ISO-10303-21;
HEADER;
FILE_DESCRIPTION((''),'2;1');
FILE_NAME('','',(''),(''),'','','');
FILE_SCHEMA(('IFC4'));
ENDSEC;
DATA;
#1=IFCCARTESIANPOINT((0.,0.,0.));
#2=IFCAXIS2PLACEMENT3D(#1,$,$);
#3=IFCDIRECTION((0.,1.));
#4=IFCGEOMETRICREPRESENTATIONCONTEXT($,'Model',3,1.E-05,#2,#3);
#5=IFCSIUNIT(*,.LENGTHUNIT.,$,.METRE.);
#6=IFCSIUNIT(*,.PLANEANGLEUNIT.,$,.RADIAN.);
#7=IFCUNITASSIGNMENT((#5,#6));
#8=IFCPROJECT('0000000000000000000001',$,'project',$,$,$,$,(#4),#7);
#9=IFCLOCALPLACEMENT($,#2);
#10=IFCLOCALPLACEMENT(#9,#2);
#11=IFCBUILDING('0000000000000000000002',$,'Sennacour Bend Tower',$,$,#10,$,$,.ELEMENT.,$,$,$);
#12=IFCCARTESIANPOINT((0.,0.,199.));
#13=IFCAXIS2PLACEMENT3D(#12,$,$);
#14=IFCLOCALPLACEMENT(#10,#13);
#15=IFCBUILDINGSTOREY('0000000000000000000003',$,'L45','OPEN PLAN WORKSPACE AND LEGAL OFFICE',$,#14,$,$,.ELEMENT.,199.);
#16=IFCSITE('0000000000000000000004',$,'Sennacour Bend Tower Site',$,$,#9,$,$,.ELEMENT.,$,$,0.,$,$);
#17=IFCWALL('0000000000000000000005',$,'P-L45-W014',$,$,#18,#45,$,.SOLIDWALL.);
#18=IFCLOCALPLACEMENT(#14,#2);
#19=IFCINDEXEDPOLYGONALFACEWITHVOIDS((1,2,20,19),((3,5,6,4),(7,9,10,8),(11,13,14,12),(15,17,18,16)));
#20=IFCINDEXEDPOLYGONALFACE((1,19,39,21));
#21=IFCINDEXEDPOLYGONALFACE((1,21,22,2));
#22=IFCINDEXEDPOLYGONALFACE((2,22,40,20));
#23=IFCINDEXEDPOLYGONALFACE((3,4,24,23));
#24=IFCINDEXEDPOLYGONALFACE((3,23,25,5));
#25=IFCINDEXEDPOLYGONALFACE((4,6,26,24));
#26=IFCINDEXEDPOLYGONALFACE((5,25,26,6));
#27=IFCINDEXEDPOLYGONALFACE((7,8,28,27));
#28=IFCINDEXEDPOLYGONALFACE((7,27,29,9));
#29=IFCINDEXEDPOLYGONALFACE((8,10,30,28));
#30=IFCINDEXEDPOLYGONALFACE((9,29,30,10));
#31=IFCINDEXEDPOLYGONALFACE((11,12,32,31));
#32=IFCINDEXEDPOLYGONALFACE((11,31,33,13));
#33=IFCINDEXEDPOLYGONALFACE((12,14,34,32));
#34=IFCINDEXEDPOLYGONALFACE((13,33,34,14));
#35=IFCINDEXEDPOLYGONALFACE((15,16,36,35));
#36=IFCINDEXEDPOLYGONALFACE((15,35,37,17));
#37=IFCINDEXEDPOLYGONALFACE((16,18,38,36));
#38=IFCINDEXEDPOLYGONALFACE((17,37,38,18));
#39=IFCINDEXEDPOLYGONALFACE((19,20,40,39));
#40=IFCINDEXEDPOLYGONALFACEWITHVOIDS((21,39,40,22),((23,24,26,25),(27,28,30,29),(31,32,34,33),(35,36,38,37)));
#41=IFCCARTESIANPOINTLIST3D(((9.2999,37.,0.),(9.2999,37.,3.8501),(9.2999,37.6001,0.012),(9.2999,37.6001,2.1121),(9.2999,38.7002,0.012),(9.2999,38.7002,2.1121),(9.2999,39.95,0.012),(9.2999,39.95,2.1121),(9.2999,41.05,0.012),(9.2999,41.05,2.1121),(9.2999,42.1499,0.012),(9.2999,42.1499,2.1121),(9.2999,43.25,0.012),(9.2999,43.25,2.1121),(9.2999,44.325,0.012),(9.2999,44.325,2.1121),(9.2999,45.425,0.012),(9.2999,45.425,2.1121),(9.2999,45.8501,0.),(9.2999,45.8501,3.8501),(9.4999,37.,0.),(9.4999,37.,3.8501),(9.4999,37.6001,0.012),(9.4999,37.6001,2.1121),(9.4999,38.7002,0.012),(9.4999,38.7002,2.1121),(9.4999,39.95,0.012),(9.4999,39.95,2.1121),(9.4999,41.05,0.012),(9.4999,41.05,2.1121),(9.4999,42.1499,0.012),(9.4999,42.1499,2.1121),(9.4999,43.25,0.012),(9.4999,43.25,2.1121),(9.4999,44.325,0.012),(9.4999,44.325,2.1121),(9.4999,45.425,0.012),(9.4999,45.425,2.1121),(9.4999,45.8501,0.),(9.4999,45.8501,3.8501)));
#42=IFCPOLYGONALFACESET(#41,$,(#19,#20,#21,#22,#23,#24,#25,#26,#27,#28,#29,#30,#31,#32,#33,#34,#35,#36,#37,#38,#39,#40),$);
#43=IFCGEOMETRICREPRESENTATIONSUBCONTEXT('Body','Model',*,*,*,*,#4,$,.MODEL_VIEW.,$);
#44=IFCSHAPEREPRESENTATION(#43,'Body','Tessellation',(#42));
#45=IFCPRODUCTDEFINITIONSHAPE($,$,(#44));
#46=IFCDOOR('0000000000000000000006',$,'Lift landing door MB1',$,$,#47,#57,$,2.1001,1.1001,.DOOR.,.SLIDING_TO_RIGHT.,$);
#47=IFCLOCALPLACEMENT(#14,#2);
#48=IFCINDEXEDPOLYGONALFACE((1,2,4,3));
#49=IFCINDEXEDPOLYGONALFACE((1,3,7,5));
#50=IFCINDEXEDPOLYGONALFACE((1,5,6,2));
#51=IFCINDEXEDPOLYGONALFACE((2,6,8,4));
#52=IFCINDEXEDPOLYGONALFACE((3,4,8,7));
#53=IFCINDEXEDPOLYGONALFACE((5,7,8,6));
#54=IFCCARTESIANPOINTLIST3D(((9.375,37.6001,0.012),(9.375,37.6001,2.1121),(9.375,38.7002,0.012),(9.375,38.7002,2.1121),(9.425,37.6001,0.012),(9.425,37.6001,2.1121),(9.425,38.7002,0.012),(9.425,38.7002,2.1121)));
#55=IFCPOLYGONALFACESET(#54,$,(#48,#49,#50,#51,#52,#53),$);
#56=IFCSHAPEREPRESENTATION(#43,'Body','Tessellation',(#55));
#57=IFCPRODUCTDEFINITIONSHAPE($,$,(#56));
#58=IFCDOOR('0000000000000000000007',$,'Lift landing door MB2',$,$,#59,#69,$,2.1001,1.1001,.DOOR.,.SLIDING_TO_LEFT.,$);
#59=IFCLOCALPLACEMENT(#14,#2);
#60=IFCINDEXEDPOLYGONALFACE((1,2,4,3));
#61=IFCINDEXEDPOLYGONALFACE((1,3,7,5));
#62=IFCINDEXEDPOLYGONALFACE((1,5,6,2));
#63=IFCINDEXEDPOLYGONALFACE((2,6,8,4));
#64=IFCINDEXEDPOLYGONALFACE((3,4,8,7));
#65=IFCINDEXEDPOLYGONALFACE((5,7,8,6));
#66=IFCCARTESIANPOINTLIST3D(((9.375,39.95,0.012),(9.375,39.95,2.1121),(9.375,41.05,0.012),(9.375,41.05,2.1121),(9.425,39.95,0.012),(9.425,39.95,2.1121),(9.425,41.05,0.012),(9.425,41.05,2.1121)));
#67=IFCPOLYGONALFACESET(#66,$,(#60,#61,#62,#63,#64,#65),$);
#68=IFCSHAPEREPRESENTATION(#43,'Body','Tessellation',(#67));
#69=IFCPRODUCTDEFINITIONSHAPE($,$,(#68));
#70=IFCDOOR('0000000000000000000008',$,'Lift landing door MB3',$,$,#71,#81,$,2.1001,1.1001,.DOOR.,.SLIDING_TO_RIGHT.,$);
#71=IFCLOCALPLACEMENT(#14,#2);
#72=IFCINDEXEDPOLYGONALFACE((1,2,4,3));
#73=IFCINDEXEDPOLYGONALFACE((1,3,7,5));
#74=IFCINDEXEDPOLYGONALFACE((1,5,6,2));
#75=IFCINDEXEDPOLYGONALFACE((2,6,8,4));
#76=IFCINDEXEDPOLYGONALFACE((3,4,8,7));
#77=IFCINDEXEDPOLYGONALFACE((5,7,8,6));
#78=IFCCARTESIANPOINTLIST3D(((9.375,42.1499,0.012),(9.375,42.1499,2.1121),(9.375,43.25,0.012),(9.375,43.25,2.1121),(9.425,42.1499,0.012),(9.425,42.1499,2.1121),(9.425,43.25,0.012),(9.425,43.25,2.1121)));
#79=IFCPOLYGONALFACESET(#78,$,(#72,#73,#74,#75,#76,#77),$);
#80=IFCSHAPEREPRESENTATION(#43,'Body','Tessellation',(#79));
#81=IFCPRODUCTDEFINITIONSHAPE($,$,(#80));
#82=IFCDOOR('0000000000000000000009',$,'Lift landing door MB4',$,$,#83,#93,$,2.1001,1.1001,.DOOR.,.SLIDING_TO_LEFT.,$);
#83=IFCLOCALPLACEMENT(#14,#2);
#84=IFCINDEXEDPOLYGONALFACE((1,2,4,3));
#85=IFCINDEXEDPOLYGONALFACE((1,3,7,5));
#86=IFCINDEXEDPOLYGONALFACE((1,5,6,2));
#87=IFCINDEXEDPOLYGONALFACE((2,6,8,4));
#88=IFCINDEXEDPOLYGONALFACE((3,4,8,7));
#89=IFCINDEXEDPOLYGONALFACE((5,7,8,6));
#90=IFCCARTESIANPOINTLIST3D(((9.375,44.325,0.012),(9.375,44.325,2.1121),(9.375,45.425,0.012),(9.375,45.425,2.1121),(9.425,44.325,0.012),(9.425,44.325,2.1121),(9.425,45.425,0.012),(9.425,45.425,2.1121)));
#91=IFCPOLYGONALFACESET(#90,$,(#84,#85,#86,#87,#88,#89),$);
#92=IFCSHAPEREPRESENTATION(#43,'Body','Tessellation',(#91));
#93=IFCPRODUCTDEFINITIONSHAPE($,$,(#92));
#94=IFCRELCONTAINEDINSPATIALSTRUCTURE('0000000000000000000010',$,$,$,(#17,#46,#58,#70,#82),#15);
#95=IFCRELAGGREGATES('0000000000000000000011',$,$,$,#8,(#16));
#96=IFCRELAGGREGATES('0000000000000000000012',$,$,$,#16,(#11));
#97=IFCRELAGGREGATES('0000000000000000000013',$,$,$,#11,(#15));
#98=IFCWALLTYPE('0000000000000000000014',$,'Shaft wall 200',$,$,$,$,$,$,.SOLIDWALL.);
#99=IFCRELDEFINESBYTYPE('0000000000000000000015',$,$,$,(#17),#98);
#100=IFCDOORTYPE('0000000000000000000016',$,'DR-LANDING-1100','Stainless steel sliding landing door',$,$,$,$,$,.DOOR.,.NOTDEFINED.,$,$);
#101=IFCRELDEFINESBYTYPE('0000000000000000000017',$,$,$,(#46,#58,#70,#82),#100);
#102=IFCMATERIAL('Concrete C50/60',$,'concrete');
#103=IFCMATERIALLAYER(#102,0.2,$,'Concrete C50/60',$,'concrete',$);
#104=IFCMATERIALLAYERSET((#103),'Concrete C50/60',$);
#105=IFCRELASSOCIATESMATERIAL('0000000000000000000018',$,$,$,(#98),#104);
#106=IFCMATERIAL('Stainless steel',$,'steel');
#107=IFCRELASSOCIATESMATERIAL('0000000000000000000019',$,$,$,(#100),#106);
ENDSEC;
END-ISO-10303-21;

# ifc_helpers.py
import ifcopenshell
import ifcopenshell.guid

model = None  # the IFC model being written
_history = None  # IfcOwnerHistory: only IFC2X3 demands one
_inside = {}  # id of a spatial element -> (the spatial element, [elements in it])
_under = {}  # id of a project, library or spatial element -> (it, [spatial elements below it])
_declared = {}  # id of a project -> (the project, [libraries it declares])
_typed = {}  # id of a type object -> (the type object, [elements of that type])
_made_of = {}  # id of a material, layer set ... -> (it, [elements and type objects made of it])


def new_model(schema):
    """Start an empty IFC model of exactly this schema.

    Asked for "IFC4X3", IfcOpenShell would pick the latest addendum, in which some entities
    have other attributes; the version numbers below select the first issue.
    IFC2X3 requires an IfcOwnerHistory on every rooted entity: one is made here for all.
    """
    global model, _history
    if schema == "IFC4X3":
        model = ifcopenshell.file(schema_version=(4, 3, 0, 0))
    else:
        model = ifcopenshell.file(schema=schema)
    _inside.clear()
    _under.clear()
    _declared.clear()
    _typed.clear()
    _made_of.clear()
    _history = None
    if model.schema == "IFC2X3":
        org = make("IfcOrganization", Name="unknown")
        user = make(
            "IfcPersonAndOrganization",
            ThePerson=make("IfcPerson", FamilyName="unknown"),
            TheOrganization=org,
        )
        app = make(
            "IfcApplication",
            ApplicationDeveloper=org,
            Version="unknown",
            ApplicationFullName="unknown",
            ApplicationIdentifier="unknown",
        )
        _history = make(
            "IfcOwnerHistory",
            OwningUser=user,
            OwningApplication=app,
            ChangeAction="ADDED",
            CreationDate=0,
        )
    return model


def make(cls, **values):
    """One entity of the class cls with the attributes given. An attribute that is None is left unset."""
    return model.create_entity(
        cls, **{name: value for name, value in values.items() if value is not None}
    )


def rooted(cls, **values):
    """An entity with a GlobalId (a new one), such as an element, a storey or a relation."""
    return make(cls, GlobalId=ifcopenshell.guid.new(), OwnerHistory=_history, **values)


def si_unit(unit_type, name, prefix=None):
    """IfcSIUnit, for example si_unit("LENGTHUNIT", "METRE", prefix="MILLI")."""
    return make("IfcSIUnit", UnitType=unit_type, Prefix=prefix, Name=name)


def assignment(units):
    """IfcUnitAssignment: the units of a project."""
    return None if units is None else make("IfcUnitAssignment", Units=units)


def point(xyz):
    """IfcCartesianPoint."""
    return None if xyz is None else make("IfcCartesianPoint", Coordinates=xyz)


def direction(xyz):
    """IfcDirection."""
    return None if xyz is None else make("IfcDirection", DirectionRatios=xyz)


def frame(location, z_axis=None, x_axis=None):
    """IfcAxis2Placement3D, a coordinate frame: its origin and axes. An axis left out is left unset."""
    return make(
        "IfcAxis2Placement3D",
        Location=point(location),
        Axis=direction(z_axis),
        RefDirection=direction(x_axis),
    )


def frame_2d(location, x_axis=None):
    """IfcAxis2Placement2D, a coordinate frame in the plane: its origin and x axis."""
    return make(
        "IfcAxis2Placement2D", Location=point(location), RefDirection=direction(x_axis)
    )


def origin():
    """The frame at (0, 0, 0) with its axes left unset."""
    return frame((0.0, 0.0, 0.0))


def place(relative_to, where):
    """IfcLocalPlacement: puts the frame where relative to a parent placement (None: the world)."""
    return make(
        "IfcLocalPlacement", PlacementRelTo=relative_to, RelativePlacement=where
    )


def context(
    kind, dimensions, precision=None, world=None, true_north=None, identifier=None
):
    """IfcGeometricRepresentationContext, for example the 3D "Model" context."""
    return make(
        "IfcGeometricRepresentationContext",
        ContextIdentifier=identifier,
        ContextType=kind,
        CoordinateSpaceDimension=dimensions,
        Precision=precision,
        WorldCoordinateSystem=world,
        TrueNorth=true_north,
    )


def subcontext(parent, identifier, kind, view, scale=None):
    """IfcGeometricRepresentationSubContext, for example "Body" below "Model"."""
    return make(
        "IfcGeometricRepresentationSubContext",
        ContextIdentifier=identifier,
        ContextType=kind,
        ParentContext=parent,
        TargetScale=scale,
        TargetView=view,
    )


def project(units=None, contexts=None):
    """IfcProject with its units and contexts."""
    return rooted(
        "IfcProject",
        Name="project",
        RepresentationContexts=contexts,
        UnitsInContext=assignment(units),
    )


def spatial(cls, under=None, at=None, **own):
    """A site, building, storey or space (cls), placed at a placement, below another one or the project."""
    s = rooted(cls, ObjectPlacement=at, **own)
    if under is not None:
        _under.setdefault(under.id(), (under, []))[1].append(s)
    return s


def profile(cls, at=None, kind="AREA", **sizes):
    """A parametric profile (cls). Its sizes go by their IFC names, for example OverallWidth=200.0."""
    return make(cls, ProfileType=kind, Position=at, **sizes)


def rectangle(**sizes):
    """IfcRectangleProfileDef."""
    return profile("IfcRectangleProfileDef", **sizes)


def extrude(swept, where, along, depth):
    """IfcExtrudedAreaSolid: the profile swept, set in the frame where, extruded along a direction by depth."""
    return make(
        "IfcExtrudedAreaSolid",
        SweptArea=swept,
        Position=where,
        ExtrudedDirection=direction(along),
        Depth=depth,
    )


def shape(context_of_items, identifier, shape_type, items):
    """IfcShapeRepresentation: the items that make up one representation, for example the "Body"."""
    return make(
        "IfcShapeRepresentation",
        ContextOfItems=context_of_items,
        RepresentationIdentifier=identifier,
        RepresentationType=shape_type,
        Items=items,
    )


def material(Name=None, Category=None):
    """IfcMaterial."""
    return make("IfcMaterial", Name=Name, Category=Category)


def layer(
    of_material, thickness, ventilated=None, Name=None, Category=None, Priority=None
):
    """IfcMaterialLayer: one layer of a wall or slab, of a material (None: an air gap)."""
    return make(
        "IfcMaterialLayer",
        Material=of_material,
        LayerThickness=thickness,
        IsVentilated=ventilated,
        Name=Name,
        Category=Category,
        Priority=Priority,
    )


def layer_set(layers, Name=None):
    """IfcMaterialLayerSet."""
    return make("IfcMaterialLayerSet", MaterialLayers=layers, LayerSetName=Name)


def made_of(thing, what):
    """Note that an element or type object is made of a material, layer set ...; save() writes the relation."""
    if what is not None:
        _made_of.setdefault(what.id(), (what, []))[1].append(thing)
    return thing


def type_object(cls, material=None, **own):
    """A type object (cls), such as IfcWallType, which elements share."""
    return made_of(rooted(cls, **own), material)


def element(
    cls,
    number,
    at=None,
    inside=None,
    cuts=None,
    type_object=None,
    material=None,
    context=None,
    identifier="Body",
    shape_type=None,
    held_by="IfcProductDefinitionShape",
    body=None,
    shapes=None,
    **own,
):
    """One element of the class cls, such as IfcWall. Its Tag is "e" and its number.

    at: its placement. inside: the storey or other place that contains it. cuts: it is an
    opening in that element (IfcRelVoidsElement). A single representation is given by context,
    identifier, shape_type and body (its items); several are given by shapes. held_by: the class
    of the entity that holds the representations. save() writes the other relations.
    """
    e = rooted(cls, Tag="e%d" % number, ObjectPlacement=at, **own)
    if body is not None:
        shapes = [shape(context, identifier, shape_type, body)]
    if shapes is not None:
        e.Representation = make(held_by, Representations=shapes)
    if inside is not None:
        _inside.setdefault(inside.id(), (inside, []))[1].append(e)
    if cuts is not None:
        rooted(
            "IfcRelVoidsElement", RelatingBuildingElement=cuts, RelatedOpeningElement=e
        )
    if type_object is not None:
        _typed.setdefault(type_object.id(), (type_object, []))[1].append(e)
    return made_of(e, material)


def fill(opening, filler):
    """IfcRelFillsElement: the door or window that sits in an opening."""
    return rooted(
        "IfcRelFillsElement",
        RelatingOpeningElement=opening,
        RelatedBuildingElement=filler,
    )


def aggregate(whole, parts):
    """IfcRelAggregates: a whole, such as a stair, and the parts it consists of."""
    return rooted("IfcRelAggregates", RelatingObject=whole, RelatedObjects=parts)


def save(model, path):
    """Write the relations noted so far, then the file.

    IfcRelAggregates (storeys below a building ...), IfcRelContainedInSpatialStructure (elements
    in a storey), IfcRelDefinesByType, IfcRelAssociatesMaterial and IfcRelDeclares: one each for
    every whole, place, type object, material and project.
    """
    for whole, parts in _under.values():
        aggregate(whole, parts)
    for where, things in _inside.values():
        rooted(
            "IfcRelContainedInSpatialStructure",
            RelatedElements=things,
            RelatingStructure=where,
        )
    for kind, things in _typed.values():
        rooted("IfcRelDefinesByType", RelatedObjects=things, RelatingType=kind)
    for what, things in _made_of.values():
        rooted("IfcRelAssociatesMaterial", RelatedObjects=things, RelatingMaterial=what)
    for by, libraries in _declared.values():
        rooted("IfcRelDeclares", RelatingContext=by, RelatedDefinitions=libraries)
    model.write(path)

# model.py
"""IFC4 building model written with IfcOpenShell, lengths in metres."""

from ifc_helpers import new_model, si_unit, direction, frame, frame_2d, origin, place, context, subcontext, project, spatial, rectangle, extrude, material, layer, layer_set, type_object, element, fill, save


model = new_model("IFC4")

# Units and contexts
model_context = context("Model", 3, precision=1e-05, world=origin(), true_north=direction((0.0, 1.0)))
body_context = subcontext(model_context, "Body", "Model", "MODEL_VIEW")
ifc_project = project(units=[si_unit("LENGTHUNIT", "METRE"), si_unit("PLANEANGLEUNIT", "RADIAN")], contexts=[model_context])

# Site, building, storey
site_placement = place(None, origin())
site = spatial("IfcSite", under=ifc_project, at=site_placement, Name="Sennacour Bend Tower Site", CompositionType="ELEMENT", RefElevation=0.0)
building_placement = place(site_placement, origin())
building = spatial("IfcBuilding", under=site, at=building_placement, Name="Sennacour Bend Tower", CompositionType="ELEMENT")
storey_placement = place(building_placement, frame((0.0, 0.0, 199.0)))
storey = spatial("IfcBuildingStorey", under=building, at=storey_placement, Name="L45", Description="OPEN PLAN WORKSPACE AND LEGAL OFFICE", CompositionType="ELEMENT", Elevation=199.0)

# Wall, openings, doors
ifc_material_1 = material(Name="Concrete C50/60", Category="concrete")
ifc_layer_1 = layer(ifc_material_1, 0.2, Name="Concrete C50/60", Category="concrete")
ifc_layer_set_1 = layer_set([ifc_layer_1], Name="Concrete C50/60")
wall_type_1 = type_object("IfcWallType", Name="Shaft wall 200", PredefinedType="SOLIDWALL", material=ifc_layer_set_1)
wall_1_placement = place(storey_placement, frame((9.3999, 37.0, 0.0), z_axis=(0.0, 0.0, 1.0), x_axis=(0.0, 1.0, 0.0)))
wall_1 = element("IfcWall", 1, at=wall_1_placement, inside=storey, type_object=wall_type_1, Name="P-L45-W014", PredefinedType="SOLIDWALL", context=body_context, shape_type="SweptSolid", body=[
    extrude(rectangle(XDim=8.8501, YDim=0.2, at=frame_2d((4.425, 0.0))), origin(), (0.0, 0.0, 1.0), 3.8501),
])
opening_1_placement = place(wall_1_placement, frame((0.6001, 0.0, 0.012)))
opening_1 = element("IfcOpeningElement", 2, at=opening_1_placement, cuts=wall_1, PredefinedType="OPENING", context=body_context, shape_type="SweptSolid", body=[
    extrude(rectangle(XDim=1.1001, YDim=2.1001, at=frame_2d((0.55, 1.05))), frame((0.0, 0.1099, 0.0), z_axis=(0.0, -1.0, 0.0), x_axis=(1.0, 0.0, 0.0)), (0.0, 0.0, 1.0), 0.22),
])
opening_2_placement = place(wall_1_placement, frame((2.95, 0.0, 0.012)))
opening_2 = element("IfcOpeningElement", 3, at=opening_2_placement, cuts=wall_1, PredefinedType="OPENING", context=body_context, shape_type="SweptSolid", body=[
    extrude(rectangle(XDim=1.1001, YDim=2.1001, at=frame_2d((0.55, 1.05))), frame((0.0, 0.1099, 0.0), z_axis=(0.0, -1.0, 0.0), x_axis=(1.0, 0.0, 0.0)), (0.0, 0.0, 1.0), 0.22),
])
opening_3_placement = place(wall_1_placement, frame((5.1499, 0.0, 0.012)))
opening_3 = element("IfcOpeningElement", 4, at=opening_3_placement, cuts=wall_1, PredefinedType="OPENING", context=body_context, shape_type="SweptSolid", body=[
    extrude(rectangle(XDim=1.1001, YDim=2.1001, at=frame_2d((0.55, 1.05))), frame((0.0, 0.1099, 0.0), z_axis=(0.0, -1.0, 0.0), x_axis=(1.0, 0.0, 0.0)), (0.0, 0.0, 1.0), 0.22),
])
opening_4_placement = place(wall_1_placement, frame((7.325, 0.0, 0.012)))
opening_4 = element("IfcOpeningElement", 5, at=opening_4_placement, cuts=wall_1, PredefinedType="OPENING", context=body_context, shape_type="SweptSolid", body=[
    extrude(rectangle(XDim=1.1001, YDim=2.1001, at=frame_2d((0.55, 1.05))), frame((0.0, 0.1099, 0.0), z_axis=(0.0, -1.0, 0.0), x_axis=(1.0, 0.0, 0.0)), (0.0, 0.0, 1.0), 0.22),
])
ifc_material_2 = material(Name="Stainless steel", Category="steel")
door_type_1 = type_object("IfcDoorType", Name="DR-LANDING-1100", Description="Stainless steel sliding landing door", OperationType="NOTDEFINED", PredefinedType="DOOR", material=ifc_material_2)
door_1_placement = place(opening_1_placement, origin())
door_1 = element("IfcDoor", 6, at=door_1_placement, inside=storey, type_object=door_type_1, Name="Lift landing door MB1", OperationType="SLIDING_TO_RIGHT", OverallHeight=2.1001, OverallWidth=1.1001, PredefinedType="DOOR", context=body_context, shape_type="SweptSolid", body=[
    extrude(rectangle(XDim=1.1001, YDim=2.1001, at=frame_2d((0.55, 1.05))), frame((0.0, 0.0249, 0.0), z_axis=(0.0, -1.0, 0.0), x_axis=(1.0, 0.0, 0.0)), (0.0, 0.0, 1.0), 0.05),
])
fill(opening_1, door_1)
door_2_placement = place(opening_2_placement, origin())
door_2 = element("IfcDoor", 7, at=door_2_placement, inside=storey, type_object=door_type_1, Name="Lift landing door MB2", OperationType="SLIDING_TO_LEFT", OverallHeight=2.1001, OverallWidth=1.1001, PredefinedType="DOOR", context=body_context, shape_type="SweptSolid", body=[
    extrude(rectangle(XDim=1.1001, YDim=2.1001, at=frame_2d((0.55, 1.05))), frame((0.0, 0.0249, 0.0), z_axis=(0.0, -1.0, 0.0), x_axis=(1.0, 0.0, 0.0)), (0.0, 0.0, 1.0), 0.05),
])
fill(opening_2, door_2)
door_3_placement = place(opening_3_placement, origin())
door_3 = element("IfcDoor", 8, at=door_3_placement, inside=storey, type_object=door_type_1, Name="Lift landing door MB3", OperationType="SLIDING_TO_RIGHT", OverallHeight=2.1001, OverallWidth=1.1001, PredefinedType="DOOR", context=body_context, shape_type="SweptSolid", body=[
    extrude(rectangle(XDim=1.1001, YDim=2.1001, at=frame_2d((0.55, 1.05))), frame((0.0, 0.0249, 0.0), z_axis=(0.0, -1.0, 0.0), x_axis=(1.0, 0.0, 0.0)), (0.0, 0.0, 1.0), 0.05),
])
fill(opening_3, door_3)
door_4_placement = place(opening_4_placement, origin())
door_4 = element("IfcDoor", 9, at=door_4_placement, inside=storey, type_object=door_type_1, Name="Lift landing door MB4", OperationType="SLIDING_TO_LEFT", OverallHeight=2.1001, OverallWidth=1.1001, PredefinedType="DOOR", context=body_context, shape_type="SweptSolid", body=[
    extrude(rectangle(XDim=1.1001, YDim=2.1001, at=frame_2d((0.55, 1.05))), frame((0.0, 0.0249, 0.0), z_axis=(0.0, -1.0, 0.0), x_axis=(1.0, 0.0, 0.0)), (0.0, 0.0, 1.0), 0.05),
])
fill(opening_4, door_4)

save(model, "model.ifc")
